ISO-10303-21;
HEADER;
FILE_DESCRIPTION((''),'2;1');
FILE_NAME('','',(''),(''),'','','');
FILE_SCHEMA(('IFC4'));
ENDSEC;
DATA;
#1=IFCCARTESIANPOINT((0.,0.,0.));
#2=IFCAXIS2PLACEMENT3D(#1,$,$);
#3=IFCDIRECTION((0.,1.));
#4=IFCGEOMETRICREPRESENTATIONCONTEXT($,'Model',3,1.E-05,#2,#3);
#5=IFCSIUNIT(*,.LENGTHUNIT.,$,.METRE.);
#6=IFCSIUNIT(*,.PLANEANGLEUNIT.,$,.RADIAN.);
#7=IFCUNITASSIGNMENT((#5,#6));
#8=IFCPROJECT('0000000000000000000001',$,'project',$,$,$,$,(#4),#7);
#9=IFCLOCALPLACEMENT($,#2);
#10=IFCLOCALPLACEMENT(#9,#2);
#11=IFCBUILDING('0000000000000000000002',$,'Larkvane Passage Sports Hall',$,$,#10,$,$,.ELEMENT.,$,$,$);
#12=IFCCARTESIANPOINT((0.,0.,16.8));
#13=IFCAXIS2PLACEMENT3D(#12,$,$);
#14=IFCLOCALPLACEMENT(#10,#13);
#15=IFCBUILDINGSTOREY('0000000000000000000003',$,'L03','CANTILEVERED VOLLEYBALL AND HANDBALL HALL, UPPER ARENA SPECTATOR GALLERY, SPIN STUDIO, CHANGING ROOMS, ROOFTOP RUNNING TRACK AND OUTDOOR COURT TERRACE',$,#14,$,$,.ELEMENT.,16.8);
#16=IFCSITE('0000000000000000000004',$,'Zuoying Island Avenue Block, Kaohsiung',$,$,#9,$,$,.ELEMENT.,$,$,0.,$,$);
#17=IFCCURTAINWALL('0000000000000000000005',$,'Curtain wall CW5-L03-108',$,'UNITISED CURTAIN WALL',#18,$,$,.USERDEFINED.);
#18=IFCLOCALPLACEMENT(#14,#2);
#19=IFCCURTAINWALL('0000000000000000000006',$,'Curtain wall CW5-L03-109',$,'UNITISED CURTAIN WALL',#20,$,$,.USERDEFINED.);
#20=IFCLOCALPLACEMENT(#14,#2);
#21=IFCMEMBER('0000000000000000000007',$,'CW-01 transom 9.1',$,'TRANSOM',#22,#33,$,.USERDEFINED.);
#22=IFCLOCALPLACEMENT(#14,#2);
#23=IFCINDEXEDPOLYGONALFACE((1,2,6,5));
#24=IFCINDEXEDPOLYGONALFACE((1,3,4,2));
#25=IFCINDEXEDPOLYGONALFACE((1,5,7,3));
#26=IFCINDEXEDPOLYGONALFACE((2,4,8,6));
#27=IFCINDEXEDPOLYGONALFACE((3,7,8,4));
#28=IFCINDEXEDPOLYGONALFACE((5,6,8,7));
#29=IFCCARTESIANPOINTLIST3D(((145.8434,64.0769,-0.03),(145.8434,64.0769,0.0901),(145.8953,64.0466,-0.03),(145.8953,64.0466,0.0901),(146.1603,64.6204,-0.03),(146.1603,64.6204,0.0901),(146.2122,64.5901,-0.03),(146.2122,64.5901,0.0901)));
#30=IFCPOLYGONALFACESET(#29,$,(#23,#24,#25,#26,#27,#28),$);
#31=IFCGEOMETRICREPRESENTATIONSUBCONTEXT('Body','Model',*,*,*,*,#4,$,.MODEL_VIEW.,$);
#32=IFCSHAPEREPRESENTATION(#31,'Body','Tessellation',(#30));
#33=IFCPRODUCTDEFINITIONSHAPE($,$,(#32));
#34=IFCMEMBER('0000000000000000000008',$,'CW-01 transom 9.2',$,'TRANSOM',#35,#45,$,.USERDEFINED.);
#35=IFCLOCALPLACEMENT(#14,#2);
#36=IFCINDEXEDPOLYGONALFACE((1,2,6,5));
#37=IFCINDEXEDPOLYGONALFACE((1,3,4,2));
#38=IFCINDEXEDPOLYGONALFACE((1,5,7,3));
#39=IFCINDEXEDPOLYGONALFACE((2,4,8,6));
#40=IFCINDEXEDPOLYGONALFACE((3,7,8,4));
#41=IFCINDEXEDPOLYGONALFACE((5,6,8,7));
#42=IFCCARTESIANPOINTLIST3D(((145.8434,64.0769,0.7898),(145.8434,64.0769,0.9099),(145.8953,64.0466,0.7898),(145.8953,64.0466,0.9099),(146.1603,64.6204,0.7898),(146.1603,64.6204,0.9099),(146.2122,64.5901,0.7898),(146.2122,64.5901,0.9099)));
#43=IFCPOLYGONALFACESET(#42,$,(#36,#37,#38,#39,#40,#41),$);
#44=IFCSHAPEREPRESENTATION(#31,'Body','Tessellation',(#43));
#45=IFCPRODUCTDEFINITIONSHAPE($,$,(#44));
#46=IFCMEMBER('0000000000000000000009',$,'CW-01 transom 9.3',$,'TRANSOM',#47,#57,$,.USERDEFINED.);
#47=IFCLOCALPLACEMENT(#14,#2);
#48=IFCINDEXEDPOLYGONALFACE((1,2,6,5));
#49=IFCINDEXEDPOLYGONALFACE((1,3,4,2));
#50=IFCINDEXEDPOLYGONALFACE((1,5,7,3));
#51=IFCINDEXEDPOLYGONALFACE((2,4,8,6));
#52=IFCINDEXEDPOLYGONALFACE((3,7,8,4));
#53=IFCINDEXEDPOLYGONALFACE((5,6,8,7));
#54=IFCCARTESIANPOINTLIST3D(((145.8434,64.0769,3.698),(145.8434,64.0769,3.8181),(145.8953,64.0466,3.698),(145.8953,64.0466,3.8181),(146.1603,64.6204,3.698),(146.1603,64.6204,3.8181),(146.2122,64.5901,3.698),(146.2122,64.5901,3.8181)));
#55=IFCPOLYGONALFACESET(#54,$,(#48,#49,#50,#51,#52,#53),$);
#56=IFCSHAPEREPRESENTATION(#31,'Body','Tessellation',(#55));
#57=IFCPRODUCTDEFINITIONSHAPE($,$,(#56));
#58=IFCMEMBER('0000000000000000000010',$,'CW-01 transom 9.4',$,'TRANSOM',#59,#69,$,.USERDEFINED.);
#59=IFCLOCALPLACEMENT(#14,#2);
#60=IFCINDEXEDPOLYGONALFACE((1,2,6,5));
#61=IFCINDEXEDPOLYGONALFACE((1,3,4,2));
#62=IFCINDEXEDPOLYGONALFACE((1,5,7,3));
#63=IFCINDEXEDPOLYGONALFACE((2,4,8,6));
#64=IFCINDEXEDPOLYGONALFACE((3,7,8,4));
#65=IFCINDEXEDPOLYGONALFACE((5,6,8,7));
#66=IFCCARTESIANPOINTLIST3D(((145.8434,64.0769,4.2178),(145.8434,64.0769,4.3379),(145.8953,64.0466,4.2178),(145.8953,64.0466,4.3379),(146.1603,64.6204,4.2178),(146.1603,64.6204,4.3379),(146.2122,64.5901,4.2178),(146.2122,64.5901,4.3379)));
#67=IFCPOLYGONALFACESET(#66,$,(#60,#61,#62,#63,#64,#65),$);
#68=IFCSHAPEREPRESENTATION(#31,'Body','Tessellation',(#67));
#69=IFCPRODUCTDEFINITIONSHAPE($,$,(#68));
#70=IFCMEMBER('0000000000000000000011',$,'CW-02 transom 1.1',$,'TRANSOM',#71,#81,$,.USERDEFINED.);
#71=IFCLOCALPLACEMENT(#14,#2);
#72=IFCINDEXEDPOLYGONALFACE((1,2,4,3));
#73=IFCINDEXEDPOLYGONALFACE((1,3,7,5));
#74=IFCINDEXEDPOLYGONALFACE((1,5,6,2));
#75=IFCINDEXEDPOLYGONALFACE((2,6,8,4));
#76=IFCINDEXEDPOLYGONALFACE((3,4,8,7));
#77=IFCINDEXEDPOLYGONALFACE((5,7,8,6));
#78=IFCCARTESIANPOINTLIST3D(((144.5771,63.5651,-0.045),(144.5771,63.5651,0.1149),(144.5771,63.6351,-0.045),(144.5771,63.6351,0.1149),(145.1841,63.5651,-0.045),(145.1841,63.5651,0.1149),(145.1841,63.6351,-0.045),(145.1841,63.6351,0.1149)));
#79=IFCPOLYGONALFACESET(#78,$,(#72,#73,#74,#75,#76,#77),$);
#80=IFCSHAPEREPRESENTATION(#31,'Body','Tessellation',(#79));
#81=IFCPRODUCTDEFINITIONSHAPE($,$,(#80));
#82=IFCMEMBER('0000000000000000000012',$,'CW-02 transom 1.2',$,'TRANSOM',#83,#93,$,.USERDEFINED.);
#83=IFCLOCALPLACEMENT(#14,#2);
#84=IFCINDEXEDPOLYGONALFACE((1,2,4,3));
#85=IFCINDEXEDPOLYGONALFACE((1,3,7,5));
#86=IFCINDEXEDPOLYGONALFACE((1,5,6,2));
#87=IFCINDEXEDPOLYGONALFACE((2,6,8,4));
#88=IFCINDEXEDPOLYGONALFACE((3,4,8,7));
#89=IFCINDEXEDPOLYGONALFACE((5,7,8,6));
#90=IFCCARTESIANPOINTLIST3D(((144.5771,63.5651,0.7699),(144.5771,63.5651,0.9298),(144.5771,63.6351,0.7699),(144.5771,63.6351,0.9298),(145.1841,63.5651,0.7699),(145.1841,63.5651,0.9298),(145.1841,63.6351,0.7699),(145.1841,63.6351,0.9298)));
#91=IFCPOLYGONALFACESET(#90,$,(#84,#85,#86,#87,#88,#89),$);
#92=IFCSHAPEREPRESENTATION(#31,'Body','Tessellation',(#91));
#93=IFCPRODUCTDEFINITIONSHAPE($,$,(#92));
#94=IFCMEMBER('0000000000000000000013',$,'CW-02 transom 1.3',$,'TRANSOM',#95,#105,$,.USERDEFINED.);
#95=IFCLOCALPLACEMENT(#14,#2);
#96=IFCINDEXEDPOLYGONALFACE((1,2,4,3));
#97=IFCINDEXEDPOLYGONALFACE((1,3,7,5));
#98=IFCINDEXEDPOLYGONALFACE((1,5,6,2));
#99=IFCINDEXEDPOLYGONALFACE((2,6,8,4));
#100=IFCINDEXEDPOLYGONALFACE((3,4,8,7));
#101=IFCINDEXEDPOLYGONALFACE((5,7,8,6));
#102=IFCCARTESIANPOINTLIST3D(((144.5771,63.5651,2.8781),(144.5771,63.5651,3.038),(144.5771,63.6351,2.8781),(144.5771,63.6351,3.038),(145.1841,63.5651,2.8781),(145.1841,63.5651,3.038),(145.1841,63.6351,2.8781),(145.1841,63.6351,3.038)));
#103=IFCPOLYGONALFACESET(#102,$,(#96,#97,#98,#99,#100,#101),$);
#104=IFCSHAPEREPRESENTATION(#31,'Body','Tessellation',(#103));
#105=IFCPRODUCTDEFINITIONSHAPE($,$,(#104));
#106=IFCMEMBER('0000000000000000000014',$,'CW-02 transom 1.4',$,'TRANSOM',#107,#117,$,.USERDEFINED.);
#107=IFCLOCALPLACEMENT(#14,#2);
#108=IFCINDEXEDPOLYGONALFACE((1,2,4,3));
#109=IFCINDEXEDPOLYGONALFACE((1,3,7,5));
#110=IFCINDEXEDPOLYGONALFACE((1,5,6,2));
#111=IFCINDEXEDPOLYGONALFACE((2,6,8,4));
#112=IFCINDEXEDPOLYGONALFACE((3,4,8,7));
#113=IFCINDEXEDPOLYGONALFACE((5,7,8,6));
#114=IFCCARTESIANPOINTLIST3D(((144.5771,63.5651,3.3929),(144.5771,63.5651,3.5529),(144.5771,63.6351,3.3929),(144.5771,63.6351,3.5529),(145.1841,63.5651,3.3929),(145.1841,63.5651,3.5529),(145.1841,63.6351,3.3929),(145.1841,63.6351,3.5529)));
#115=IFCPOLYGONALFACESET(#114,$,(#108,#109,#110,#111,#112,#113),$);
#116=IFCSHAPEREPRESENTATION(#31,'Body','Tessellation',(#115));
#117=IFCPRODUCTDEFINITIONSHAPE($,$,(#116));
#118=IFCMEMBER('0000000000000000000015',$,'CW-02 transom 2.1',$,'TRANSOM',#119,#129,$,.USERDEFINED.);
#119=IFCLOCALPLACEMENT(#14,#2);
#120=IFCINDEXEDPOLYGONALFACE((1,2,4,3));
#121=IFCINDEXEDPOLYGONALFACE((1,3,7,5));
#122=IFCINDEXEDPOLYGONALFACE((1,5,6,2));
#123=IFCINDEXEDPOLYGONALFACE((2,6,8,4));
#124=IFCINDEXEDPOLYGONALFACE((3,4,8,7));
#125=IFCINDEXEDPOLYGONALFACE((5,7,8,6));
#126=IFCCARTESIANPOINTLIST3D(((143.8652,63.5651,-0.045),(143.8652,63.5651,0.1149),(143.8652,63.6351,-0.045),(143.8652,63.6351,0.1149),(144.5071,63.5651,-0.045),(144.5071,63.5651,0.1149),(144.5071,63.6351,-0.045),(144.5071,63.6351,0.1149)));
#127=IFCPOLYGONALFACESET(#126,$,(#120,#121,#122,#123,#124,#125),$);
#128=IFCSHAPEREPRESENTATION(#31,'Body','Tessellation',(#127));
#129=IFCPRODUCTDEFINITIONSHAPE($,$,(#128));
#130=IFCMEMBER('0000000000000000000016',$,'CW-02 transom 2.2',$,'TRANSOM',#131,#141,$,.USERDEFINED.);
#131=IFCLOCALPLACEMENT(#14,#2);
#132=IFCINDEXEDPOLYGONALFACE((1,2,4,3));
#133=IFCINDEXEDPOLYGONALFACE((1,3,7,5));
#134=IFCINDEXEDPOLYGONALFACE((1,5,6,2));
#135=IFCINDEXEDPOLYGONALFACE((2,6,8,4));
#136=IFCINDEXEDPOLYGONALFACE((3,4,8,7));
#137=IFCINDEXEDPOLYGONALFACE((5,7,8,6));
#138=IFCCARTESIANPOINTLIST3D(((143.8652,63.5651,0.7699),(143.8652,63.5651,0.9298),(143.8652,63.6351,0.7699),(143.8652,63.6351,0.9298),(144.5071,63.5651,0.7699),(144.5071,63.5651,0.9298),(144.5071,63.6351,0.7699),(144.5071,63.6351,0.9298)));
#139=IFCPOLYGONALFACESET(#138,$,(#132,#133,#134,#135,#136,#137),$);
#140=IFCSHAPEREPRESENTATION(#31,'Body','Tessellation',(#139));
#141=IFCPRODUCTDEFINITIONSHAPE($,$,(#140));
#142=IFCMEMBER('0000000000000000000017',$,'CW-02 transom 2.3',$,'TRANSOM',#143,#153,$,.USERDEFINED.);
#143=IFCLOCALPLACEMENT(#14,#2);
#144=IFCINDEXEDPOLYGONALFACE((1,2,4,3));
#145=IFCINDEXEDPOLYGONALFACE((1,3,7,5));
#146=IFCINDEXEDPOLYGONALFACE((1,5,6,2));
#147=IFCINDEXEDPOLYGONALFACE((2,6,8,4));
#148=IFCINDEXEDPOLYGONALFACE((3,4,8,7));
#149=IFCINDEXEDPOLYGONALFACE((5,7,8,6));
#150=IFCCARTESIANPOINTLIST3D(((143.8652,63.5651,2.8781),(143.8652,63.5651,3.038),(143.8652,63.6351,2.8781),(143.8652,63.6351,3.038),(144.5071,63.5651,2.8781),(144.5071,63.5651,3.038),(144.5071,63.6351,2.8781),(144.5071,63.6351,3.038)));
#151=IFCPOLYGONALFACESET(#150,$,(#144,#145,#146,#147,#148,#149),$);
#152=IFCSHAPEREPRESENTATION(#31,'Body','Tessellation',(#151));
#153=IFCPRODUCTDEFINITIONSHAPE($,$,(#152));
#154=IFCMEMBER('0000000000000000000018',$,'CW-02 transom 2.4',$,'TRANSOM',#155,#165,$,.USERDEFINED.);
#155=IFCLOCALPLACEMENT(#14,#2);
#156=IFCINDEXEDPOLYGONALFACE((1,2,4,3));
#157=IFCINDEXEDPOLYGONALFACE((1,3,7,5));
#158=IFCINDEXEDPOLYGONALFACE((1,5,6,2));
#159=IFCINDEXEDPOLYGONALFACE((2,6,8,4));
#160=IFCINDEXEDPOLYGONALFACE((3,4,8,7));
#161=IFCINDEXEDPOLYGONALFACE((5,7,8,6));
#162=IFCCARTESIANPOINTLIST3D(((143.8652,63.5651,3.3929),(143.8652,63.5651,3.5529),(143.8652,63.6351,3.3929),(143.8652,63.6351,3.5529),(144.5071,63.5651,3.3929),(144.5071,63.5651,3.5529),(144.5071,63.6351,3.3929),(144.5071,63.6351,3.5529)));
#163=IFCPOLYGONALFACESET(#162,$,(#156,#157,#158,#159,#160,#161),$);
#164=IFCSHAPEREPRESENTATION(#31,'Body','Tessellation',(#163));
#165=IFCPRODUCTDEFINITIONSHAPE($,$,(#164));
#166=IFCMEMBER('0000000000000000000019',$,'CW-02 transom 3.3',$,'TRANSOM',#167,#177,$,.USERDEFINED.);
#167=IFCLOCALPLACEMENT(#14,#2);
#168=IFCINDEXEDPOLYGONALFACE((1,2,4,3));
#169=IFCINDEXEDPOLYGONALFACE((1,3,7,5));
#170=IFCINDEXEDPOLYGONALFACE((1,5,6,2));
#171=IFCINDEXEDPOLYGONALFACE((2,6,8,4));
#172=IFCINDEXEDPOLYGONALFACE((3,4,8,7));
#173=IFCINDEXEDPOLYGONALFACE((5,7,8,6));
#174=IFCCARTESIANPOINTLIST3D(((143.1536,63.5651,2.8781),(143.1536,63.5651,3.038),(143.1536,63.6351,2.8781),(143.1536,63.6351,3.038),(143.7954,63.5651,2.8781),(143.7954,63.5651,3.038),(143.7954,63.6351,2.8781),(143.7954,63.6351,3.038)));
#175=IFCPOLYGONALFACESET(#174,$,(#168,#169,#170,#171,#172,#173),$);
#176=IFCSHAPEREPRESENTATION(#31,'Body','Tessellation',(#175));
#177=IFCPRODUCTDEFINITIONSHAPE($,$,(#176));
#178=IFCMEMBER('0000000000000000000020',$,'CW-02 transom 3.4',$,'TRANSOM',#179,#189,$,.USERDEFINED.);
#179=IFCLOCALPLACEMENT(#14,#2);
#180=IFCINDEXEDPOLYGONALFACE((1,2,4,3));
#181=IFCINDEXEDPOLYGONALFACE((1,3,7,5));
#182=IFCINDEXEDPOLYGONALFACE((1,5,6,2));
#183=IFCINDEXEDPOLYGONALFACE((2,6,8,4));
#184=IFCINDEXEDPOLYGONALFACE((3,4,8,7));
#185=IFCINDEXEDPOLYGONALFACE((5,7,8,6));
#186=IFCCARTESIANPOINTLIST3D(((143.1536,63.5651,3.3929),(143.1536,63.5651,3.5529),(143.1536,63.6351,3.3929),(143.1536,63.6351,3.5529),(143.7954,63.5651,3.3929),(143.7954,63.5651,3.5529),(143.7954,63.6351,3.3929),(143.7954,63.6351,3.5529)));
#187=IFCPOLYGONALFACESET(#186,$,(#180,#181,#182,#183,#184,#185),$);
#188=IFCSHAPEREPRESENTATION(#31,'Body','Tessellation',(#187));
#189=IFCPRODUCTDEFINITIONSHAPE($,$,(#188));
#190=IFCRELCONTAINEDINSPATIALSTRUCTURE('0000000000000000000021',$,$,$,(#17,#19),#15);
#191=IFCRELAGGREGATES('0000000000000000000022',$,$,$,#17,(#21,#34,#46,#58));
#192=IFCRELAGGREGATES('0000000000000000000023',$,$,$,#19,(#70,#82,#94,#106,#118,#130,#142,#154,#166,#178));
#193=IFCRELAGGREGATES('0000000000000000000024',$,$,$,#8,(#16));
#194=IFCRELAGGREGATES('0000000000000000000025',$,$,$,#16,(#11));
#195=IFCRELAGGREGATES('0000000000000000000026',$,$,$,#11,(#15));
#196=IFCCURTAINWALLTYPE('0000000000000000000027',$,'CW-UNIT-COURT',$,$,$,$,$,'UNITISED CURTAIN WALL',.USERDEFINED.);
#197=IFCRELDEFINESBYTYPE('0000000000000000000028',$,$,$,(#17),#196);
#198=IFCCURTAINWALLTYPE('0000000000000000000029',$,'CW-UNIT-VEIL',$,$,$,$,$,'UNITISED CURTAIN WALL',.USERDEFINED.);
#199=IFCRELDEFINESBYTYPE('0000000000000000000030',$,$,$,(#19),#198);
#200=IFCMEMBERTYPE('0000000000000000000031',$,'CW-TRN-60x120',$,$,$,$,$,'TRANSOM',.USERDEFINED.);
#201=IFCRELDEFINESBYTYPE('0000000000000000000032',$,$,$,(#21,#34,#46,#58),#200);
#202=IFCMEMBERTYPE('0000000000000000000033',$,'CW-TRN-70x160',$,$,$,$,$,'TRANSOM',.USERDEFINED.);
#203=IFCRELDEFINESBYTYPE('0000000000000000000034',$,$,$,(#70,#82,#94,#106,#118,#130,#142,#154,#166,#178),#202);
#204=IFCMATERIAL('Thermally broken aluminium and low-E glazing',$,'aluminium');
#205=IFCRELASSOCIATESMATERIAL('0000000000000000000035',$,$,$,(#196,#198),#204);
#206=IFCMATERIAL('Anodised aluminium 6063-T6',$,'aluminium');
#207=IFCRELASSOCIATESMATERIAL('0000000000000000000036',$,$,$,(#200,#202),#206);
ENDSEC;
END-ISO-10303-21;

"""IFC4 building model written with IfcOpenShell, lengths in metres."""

from ifc_helpers import new_model, si_unit, direction, frame, origin, origin_2d, place, context, subcontext, project, spatial, rectangle, extrude, material, material_profile, profile_set, type_object, element, aggregate, save


model = new_model("IFC4")

# Units and contexts
model_context = context("Model", 3, precision=1e-05, world=origin(), true_north=direction((0.0, 1.0)))
body_context = subcontext(model_context, "Body", "Model", "MODEL_VIEW")
ifc_project = project(units=[si_unit("LENGTHUNIT", "METRE"), si_unit("PLANEANGLEUNIT", "RADIAN")], contexts=[model_context])

# Site, building, storey
site_placement = place(None, origin())
site = spatial("IfcSite", under=ifc_project, at=site_placement, Name="Zuoying Island Avenue Block, Kaohsiung", CompositionType="ELEMENT", RefElevation=0.0)
building_placement = place(site_placement, origin())
building = spatial("IfcBuilding", under=site, at=building_placement, Name="Larkvane Passage Sports Hall", CompositionType="ELEMENT")
storey_placement = place(building_placement, frame((0.0, 0.0, 16.8)))
storey = spatial("IfcBuildingStorey", under=building, at=storey_placement, Name="L03", Description="CANTILEVERED VOLLEYBALL AND HANDBALL HALL, UPPER ARENA SPECTATOR GALLERY, SPIN STUDIO, CHANGING ROOMS, ROOFTOP RUNNING TRACK AND OUTDOOR COURT TERRACE", CompositionType="ELEMENT", Elevation=16.8)

# Curtain walls
ifc_material_1 = material(Name="Thermally broken aluminium and low-E glazing", Category="aluminium")
curtain_wall_type_1 = type_object("IfcCurtainWallType", Name="CW-UNIT-COURT", ElementType="UNITISED CURTAIN WALL", PredefinedType="USERDEFINED", material=ifc_material_1)
curtain_wall_1_placement = place(storey_placement, origin())
curtain_wall_1 = element("IfcCurtainWall", 1, at=curtain_wall_1_placement, inside=storey, type_object=curtain_wall_type_1, Name="Curtain wall CW5-L03-108", ObjectType="UNITISED CURTAIN WALL", PredefinedType="USERDEFINED")
ifc_material_2 = material(Name="Anodised aluminium 6063-T6", Category="aluminium")
curtain_wall_type_2 = type_object("IfcCurtainWallType", Name="CW-UNIT-VEIL", ElementType="UNITISED CURTAIN WALL", PredefinedType="USERDEFINED", material=ifc_material_1)
curtain_wall_2_placement = place(storey_placement, origin())
curtain_wall_2 = element("IfcCurtainWall", 2, at=curtain_wall_2_placement, inside=storey, type_object=curtain_wall_type_2, Name="Curtain wall CW5-L03-109", ObjectType="UNITISED CURTAIN WALL", PredefinedType="USERDEFINED")

# Members
ifc_material_profile_1 = material_profile(ifc_material_2, rectangle(XDim=0.0601, YDim=0.1201, at=origin_2d()), Name="ALU-TRN-60x120")
ifc_profile_set_1 = profile_set([ifc_material_profile_1], Name="Anodised aluminium 6063-T6")
member_type_1 = type_object("IfcMemberType", Name="CW-TRN-60x120", ElementType="TRANSOM", PredefinedType="USERDEFINED", material=ifc_profile_set_1)
member_1_placement = place(storey_placement, frame((146.1863, 64.6052, 0.03), z_axis=(-0.503726, -0.863863, 0.0), x_axis=(0.863863, -0.503726, 0.0)))
member_1 = element("IfcMember", 3, at=member_1_placement, type_object=member_type_1, Name="CW-01 transom 9.1", ObjectType="TRANSOM", PredefinedType="USERDEFINED", context=body_context, shape_type="SweptSolid", body=[
    extrude(rectangle(XDim=0.0601, YDim=0.1201, at=origin_2d()), origin(), (0.0, 0.0, 1.0), 0.6292),
])
member_2_placement = place(storey_placement, frame((146.1863, 64.6052, 0.8499), z_axis=(-0.503726, -0.863863, 0.0), x_axis=(0.863863, -0.503726, 0.0)))
member_2 = element("IfcMember", 4, at=member_2_placement, type_object=member_type_1, Name="CW-01 transom 9.2", ObjectType="TRANSOM", PredefinedType="USERDEFINED", context=body_context, shape_type="SweptSolid", body=[
    extrude(rectangle(XDim=0.0601, YDim=0.1201, at=origin_2d()), origin(), (0.0, 0.0, 1.0), 0.6292),
])
member_3_placement = place(storey_placement, frame((146.1863, 64.6052, 3.7581), z_axis=(-0.503726, -0.863863, 0.0), x_axis=(0.863863, -0.503726, 0.0)))
member_3 = element("IfcMember", 5, at=member_3_placement, type_object=member_type_1, Name="CW-01 transom 9.3", ObjectType="TRANSOM", PredefinedType="USERDEFINED", context=body_context, shape_type="SweptSolid", body=[
    extrude(rectangle(XDim=0.0601, YDim=0.1201, at=origin_2d()), origin(), (0.0, 0.0, 1.0), 0.6292),
])
member_4_placement = place(storey_placement, frame((146.1863, 64.6052, 4.2778), z_axis=(-0.503726, -0.863863, 0.0), x_axis=(0.863863, -0.503726, 0.0)))
member_4 = element("IfcMember", 6, at=member_4_placement, type_object=member_type_1, Name="CW-01 transom 9.4", ObjectType="TRANSOM", PredefinedType="USERDEFINED", context=body_context, shape_type="SweptSolid", body=[
    extrude(rectangle(XDim=0.0601, YDim=0.1201, at=origin_2d()), origin(), (0.0, 0.0, 1.0), 0.6292),
])
ifc_material_profile_2 = material_profile(ifc_material_2, rectangle(XDim=0.0701, YDim=0.1599, at=origin_2d()), Name="ALU-TRN-70x160")
ifc_profile_set_2 = profile_set([ifc_material_profile_2], Name="Anodised aluminium 6063-T6")
member_type_2 = type_object("IfcMemberType", Name="CW-TRN-70x160", ElementType="TRANSOM", PredefinedType="USERDEFINED", material=ifc_profile_set_2)
member_5_placement = place(storey_placement, frame((145.1841, 63.6001, 0.0349), z_axis=(-1.0, 0.0, 0.0), x_axis=(0.0, -1.0, 0.0)))
member_5 = element("IfcMember", 7, at=member_5_placement, type_object=member_type_2, Name="CW-02 transom 1.1", ObjectType="TRANSOM", PredefinedType="USERDEFINED", context=body_context, shape_type="SweptSolid", body=[
    extrude(rectangle(XDim=0.0701, YDim=0.1599, at=origin_2d()), origin(), (0.0, 0.0, 1.0), 0.6069),
])
member_6_placement = place(storey_placement, frame((145.1841, 63.6001, 0.8499), z_axis=(-1.0, 0.0, 0.0), x_axis=(0.0, -1.0, 0.0)))
member_6 = element("IfcMember", 8, at=member_6_placement, type_object=member_type_2, Name="CW-02 transom 1.2", ObjectType="TRANSOM", PredefinedType="USERDEFINED", context=body_context, shape_type="SweptSolid", body=[
    extrude(rectangle(XDim=0.0701, YDim=0.1599, at=origin_2d()), origin(), (0.0, 0.0, 1.0), 0.6069),
])
member_7_placement = place(storey_placement, frame((145.1841, 63.6001, 2.958), z_axis=(-1.0, 0.0, 0.0), x_axis=(0.0, -1.0, 0.0)))
member_7 = element("IfcMember", 9, at=member_7_placement, type_object=member_type_2, Name="CW-02 transom 1.3", ObjectType="TRANSOM", PredefinedType="USERDEFINED", context=body_context, shape_type="SweptSolid", body=[
    extrude(rectangle(XDim=0.0701, YDim=0.1599, at=origin_2d()), origin(), (0.0, 0.0, 1.0), 0.6069),
])
member_8_placement = place(storey_placement, frame((145.1841, 63.6001, 3.4729), z_axis=(-1.0, 0.0, 0.0), x_axis=(0.0, -1.0, 0.0)))
member_8 = element("IfcMember", 10, at=member_8_placement, type_object=member_type_2, Name="CW-02 transom 1.4", ObjectType="TRANSOM", PredefinedType="USERDEFINED", context=body_context, shape_type="SweptSolid", body=[
    extrude(rectangle(XDim=0.0701, YDim=0.1599, at=origin_2d()), origin(), (0.0, 0.0, 1.0), 0.6069),
])
member_9_placement = place(storey_placement, frame((144.5071, 63.6001, 0.0349), z_axis=(-1.0, 0.0, 0.0), x_axis=(0.0, -1.0, 0.0)))
member_9 = element("IfcMember", 11, at=member_9_placement, type_object=member_type_2, Name="CW-02 transom 2.1", ObjectType="TRANSOM", PredefinedType="USERDEFINED", context=body_context, shape_type="SweptSolid", body=[
    extrude(rectangle(XDim=0.0701, YDim=0.1599, at=origin_2d()), origin(), (0.0, 0.0, 1.0), 0.6418),
])
member_10_placement = place(storey_placement, frame((144.5071, 63.6001, 0.8499), z_axis=(-1.0, 0.0, 0.0), x_axis=(0.0, -1.0, 0.0)))
member_10 = element("IfcMember", 12, at=member_10_placement, type_object=member_type_2, Name="CW-02 transom 2.2", ObjectType="TRANSOM", PredefinedType="USERDEFINED", context=body_context, shape_type="SweptSolid", body=[
    extrude(rectangle(XDim=0.0701, YDim=0.1599, at=origin_2d()), origin(), (0.0, 0.0, 1.0), 0.6418),
])
member_11_placement = place(storey_placement, frame((144.5071, 63.6001, 2.958), z_axis=(-1.0, 0.0, 0.0), x_axis=(0.0, -1.0, 0.0)))
member_11 = element("IfcMember", 13, at=member_11_placement, type_object=member_type_2, Name="CW-02 transom 2.3", ObjectType="TRANSOM", PredefinedType="USERDEFINED", context=body_context, shape_type="SweptSolid", body=[
    extrude(rectangle(XDim=0.0701, YDim=0.1599, at=origin_2d()), origin(), (0.0, 0.0, 1.0), 0.6418),
])
member_12_placement = place(storey_placement, frame((144.5071, 63.6001, 3.4729), z_axis=(-1.0, 0.0, 0.0), x_axis=(0.0, -1.0, 0.0)))
member_12 = element("IfcMember", 14, at=member_12_placement, type_object=member_type_2, Name="CW-02 transom 2.4", ObjectType="TRANSOM", PredefinedType="USERDEFINED", context=body_context, shape_type="SweptSolid", body=[
    extrude(rectangle(XDim=0.0701, YDim=0.1599, at=origin_2d()), origin(), (0.0, 0.0, 1.0), 0.6418),
])
member_13_placement = place(storey_placement, frame((143.7954, 63.6001, 2.958), z_axis=(-1.0, 0.0, 0.0), x_axis=(0.0, -1.0, 0.0)))
member_13 = element("IfcMember", 15, at=member_13_placement, type_object=member_type_2, Name="CW-02 transom 3.3", ObjectType="TRANSOM", PredefinedType="USERDEFINED", context=body_context, shape_type="SweptSolid", body=[
    extrude(rectangle(XDim=0.0701, YDim=0.1599, at=origin_2d()), origin(), (0.0, 0.0, 1.0), 0.6418),
])
member_14_placement = place(storey_placement, frame((143.7954, 63.6001, 3.4729), z_axis=(-1.0, 0.0, 0.0), x_axis=(0.0, -1.0, 0.0)))
member_14 = element("IfcMember", 16, at=member_14_placement, type_object=member_type_2, Name="CW-02 transom 3.4", ObjectType="TRANSOM", PredefinedType="USERDEFINED", context=body_context, shape_type="SweptSolid", body=[
    extrude(rectangle(XDim=0.0701, YDim=0.1599, at=origin_2d()), origin(), (0.0, 0.0, 1.0), 0.6418),
])

aggregate(curtain_wall_1, [member_1, member_2, member_3, member_4])
aggregate(curtain_wall_2, [member_5, member_6, member_7, member_8, member_9, member_10, member_11, member_12, member_13, member_14])

save(model, "model.ifc")
